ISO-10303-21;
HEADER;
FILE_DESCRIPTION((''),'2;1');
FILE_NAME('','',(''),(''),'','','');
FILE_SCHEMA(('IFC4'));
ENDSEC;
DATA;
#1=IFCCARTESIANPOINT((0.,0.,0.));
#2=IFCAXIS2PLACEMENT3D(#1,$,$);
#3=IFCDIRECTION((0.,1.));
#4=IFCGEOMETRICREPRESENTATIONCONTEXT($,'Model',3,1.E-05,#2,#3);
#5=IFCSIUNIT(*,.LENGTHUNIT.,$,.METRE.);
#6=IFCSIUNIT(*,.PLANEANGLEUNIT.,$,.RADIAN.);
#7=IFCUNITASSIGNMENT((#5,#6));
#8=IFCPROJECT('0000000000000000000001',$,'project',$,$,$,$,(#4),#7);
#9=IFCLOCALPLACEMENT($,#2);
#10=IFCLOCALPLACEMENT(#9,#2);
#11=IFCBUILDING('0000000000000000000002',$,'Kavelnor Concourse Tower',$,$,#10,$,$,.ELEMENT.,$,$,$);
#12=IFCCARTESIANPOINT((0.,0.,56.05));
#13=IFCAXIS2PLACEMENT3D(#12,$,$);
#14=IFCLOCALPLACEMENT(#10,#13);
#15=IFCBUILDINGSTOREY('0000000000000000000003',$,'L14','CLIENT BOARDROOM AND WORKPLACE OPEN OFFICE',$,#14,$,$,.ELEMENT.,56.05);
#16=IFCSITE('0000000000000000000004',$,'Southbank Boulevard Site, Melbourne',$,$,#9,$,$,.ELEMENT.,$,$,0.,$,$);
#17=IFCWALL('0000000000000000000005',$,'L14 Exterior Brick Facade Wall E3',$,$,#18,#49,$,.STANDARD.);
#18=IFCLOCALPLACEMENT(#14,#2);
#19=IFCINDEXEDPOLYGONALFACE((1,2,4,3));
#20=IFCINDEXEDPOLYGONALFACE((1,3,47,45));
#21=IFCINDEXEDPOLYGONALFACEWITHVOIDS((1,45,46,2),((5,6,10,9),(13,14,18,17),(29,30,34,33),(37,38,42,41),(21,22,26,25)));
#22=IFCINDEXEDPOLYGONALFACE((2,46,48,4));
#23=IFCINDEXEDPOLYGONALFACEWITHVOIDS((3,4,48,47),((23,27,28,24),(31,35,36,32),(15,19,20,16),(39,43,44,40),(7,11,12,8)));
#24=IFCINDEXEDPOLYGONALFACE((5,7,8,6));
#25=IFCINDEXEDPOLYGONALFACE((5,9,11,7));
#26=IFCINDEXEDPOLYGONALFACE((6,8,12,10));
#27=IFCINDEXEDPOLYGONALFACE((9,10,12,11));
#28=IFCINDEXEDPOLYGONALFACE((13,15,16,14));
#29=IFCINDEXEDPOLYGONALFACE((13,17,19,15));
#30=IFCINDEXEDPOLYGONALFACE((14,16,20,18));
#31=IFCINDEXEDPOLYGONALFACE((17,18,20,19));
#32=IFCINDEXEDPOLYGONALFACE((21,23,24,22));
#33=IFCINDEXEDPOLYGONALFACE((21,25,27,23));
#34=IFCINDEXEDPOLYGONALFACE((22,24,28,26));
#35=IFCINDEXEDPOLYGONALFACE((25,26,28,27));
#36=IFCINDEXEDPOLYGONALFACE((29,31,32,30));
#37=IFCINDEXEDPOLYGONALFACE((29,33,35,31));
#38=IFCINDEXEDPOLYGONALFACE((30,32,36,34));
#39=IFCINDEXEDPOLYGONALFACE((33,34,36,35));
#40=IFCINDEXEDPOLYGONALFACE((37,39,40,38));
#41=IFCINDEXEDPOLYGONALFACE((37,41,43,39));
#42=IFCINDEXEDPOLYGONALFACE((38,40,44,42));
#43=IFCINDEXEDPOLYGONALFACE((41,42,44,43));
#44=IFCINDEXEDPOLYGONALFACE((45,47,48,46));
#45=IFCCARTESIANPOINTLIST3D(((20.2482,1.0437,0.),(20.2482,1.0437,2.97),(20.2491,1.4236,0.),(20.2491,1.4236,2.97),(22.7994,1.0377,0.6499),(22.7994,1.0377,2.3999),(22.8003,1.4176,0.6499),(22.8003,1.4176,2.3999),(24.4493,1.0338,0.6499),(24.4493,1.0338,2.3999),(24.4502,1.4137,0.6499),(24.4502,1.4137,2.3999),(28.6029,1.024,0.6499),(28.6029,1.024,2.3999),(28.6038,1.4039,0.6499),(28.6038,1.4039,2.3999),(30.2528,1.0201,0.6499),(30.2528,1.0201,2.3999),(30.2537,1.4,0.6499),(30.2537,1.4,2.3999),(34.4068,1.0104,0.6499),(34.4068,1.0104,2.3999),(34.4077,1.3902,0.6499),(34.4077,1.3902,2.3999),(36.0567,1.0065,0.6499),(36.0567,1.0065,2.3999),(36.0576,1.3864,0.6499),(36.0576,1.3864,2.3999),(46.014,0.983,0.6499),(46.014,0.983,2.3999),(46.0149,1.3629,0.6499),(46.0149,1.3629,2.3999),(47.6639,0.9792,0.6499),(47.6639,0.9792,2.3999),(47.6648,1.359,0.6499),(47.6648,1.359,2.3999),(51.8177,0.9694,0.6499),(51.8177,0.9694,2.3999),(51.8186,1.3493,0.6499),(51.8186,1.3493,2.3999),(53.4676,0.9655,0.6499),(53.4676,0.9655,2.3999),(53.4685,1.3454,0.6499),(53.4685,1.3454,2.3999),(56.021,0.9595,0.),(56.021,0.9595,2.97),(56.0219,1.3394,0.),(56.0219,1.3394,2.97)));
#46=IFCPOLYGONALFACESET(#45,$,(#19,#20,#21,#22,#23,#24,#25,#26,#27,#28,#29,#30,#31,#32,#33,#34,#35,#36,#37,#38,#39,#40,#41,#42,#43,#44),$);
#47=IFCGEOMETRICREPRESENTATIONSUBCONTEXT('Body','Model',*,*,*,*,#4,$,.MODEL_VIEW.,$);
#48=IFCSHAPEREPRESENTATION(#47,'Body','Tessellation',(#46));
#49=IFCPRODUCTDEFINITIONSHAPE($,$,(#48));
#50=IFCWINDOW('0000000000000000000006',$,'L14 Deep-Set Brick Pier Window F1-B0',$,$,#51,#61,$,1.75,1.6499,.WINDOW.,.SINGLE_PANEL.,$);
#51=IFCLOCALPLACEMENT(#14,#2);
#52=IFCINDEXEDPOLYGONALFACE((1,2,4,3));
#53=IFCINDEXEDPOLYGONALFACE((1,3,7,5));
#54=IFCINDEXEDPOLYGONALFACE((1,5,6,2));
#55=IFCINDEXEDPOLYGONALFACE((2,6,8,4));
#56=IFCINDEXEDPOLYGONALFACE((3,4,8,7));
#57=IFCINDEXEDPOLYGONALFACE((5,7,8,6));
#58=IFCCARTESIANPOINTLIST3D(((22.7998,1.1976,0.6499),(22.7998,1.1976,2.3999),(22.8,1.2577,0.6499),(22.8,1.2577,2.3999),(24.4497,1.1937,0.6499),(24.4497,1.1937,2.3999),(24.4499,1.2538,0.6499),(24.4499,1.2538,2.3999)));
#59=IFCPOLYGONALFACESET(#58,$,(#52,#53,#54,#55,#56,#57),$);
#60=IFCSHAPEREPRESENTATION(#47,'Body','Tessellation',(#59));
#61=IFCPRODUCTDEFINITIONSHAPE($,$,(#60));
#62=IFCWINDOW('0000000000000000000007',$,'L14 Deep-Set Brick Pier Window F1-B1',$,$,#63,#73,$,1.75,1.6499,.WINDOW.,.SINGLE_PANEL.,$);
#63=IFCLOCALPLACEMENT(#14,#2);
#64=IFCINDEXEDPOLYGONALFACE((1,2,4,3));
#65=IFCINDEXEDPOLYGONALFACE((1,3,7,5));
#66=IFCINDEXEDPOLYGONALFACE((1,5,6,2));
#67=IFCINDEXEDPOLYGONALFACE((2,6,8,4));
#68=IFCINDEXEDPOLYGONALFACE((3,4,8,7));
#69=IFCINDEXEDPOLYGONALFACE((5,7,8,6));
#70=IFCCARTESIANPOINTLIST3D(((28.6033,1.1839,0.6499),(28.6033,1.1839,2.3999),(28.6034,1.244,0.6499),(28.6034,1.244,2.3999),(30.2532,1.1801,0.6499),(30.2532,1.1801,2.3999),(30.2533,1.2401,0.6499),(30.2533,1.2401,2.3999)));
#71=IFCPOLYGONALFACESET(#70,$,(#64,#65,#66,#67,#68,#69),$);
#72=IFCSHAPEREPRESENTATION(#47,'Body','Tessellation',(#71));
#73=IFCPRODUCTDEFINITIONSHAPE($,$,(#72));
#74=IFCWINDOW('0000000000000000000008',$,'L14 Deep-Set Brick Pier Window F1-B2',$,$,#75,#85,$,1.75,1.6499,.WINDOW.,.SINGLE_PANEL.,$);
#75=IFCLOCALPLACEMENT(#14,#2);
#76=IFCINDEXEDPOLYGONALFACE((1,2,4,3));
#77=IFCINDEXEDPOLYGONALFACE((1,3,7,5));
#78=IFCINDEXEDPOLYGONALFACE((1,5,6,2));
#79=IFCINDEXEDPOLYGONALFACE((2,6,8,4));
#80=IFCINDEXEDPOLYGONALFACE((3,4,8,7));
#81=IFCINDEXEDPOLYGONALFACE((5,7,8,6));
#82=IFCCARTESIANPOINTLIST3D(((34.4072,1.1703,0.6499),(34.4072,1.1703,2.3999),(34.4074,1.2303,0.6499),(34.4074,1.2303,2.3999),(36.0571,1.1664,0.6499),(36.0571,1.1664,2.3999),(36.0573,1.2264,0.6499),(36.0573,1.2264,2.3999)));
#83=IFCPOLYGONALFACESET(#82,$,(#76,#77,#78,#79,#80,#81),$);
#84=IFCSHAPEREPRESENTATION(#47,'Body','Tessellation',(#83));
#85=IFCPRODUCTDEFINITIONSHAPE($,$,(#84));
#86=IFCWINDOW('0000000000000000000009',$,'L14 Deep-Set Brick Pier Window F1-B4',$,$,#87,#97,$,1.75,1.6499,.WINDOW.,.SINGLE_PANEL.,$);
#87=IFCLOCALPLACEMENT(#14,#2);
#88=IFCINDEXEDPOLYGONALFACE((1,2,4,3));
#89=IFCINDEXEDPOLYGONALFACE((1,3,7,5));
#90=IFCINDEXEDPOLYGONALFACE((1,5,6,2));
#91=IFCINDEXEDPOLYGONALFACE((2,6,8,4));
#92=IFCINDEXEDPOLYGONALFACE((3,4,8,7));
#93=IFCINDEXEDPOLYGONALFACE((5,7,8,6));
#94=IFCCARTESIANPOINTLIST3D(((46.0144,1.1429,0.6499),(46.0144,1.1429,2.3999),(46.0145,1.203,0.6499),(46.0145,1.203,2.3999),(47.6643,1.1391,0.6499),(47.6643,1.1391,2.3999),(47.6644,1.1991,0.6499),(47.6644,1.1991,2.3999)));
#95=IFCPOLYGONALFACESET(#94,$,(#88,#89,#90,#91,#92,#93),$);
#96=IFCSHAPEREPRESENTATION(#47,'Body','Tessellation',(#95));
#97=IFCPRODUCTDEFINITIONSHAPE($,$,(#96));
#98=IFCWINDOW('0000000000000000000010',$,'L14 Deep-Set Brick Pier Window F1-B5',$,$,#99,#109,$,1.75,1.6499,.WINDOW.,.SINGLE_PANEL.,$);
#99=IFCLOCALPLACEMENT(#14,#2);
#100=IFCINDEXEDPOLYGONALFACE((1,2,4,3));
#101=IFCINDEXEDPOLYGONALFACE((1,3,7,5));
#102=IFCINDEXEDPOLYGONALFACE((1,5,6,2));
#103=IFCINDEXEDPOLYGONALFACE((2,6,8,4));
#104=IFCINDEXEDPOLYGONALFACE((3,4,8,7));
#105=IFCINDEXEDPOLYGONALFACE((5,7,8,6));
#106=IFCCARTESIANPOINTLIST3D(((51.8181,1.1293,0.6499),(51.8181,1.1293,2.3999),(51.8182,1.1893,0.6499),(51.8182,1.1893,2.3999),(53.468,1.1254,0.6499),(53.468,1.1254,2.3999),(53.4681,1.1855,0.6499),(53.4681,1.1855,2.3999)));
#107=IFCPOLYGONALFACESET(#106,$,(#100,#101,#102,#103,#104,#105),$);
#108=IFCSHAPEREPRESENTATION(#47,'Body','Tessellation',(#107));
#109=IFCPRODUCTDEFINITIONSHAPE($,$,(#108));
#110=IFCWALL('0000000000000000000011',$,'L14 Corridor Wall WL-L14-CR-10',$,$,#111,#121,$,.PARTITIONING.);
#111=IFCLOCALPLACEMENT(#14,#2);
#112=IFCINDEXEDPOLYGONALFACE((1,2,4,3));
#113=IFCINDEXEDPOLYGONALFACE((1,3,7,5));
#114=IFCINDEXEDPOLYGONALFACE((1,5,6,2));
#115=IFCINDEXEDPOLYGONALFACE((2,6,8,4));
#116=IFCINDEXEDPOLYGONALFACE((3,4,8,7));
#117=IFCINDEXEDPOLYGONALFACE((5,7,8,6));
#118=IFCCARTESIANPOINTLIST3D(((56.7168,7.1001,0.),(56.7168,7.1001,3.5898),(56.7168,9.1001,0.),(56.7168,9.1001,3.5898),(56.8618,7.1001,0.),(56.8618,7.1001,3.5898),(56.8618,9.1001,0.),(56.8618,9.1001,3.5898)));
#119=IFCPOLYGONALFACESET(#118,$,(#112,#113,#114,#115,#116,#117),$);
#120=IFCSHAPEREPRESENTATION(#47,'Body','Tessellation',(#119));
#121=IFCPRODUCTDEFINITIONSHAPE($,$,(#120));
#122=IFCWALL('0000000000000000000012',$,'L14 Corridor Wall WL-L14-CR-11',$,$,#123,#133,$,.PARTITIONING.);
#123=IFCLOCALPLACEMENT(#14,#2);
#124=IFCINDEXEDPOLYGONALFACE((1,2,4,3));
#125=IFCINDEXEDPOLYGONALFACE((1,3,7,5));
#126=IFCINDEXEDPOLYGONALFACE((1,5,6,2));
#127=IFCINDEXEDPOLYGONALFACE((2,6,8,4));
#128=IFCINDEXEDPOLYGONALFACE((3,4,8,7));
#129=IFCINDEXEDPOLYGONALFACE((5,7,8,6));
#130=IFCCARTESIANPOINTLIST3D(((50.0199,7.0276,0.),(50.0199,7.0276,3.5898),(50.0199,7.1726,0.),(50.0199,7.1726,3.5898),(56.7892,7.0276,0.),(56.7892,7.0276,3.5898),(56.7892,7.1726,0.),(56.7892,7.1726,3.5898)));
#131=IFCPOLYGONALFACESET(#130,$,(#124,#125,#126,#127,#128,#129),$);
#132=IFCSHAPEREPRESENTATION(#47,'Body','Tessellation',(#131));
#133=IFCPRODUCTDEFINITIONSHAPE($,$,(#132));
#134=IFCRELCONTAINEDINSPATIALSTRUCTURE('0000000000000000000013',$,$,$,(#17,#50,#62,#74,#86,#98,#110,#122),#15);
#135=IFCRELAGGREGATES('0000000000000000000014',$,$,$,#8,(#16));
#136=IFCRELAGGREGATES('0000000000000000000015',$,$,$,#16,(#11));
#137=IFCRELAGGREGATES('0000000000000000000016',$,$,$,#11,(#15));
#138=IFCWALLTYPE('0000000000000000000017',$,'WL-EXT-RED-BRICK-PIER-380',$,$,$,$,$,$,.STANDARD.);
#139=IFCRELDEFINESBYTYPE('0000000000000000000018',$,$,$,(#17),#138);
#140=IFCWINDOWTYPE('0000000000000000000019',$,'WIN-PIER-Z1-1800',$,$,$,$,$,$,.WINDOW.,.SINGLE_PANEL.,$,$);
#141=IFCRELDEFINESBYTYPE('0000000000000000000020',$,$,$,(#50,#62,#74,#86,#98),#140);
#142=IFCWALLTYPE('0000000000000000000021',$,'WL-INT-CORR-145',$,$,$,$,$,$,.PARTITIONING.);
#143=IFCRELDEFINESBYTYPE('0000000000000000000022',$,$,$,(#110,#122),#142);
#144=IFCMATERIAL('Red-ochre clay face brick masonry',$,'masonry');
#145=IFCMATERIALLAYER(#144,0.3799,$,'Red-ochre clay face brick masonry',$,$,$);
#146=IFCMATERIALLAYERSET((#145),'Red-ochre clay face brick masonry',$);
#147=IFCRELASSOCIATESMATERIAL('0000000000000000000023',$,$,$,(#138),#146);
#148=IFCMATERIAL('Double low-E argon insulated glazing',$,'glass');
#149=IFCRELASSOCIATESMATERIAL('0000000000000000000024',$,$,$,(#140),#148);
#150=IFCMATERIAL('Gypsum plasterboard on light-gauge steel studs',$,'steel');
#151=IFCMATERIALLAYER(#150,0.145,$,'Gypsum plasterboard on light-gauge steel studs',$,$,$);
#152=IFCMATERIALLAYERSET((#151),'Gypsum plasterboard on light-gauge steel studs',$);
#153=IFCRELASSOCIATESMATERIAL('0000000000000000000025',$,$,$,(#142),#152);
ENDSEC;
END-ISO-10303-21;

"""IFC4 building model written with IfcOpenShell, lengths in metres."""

from ifc_helpers import new_model, si_unit, direction, frame, frame_2d, origin, place, context, subcontext, project, spatial, rectangle, extrude, material, layer, layer_set, type_object, element, fill, save


model = new_model("IFC4")

# Units and contexts
model_context = context("Model", 3, precision=1e-05, world=origin(), true_north=direction((0.0, 1.0)))
body_context = subcontext(model_context, "Body", "Model", "MODEL_VIEW")
ifc_project = project(units=[si_unit("LENGTHUNIT", "METRE"), si_unit("PLANEANGLEUNIT", "RADIAN")], contexts=[model_context])

# Site, building, storey
site_placement = place(None, origin())
site = spatial("IfcSite", under=ifc_project, at=site_placement, Name="Southbank Boulevard Site, Melbourne", CompositionType="ELEMENT", RefElevation=0.0)
building_placement = place(site_placement, origin())
building = spatial("IfcBuilding", under=site, at=building_placement, Name="Kavelnor Concourse Tower", CompositionType="ELEMENT")
storey_placement = place(building_placement, frame((0.0, 0.0, 56.05)))
storey = spatial("IfcBuildingStorey", under=building, at=storey_placement, Name="L14", Description="CLIENT BOARDROOM AND WORKPLACE OPEN OFFICE", CompositionType="ELEMENT", Elevation=56.05)

# Shared definitions
ifc_material_1 = material(Name="Double low-E argon insulated glazing", Category="glass")

# Wall, openings, windows
ifc_material_2 = material(Name="Red-ochre clay face brick masonry", Category="masonry")
ifc_layer_1 = layer(ifc_material_2, 0.3799, Name="Red-ochre clay face brick masonry")
ifc_layer_set_1 = layer_set([ifc_layer_1], Name="Red-ochre clay face brick masonry")
wall_type_1 = type_object("IfcWallType", Name="WL-EXT-RED-BRICK-PIER-380", PredefinedType="STANDARD", material=ifc_layer_set_1)
wall_1_placement = place(storey_placement, frame((56.0215, 1.1494, 0.0), z_axis=(0.0, 0.0, 1.0), x_axis=(-0.999997, 0.002355, 0.0)))
wall_1 = element("IfcWall", 1, at=wall_1_placement, inside=storey, type_object=wall_type_1, Name="L14 Exterior Brick Facade Wall E3", PredefinedType="STANDARD", context=body_context, shape_type="SweptSolid", body=[
    extrude(rectangle(XDim=35.7729, YDim=0.3799, at=frame_2d((17.8865, 0.0))), origin(), (0.0, 0.0, 1.0), 2.97),
])
opening_1_placement = place(wall_1_placement, frame((31.5718, 0.0, 0.6499)))
opening_1 = element("IfcOpeningElement", 2, at=opening_1_placement, cuts=wall_1, PredefinedType="OPENING", context=body_context, shape_type="SweptSolid", body=[
    extrude(rectangle(XDim=1.6499, YDim=1.75, at=frame_2d((0.825, 0.875))), frame((0.0, 0.2, 0.0), z_axis=(0.0, -1.0, 0.0), x_axis=(1.0, 0.0, 0.0)), (0.0, 0.0, 1.0), 0.3999),
])
opening_2_placement = place(wall_1_placement, frame((25.7683, 0.0, 0.6499)))
opening_2 = element("IfcOpeningElement", 3, at=opening_2_placement, cuts=wall_1, PredefinedType="OPENING", context=body_context, shape_type="SweptSolid", body=[
    extrude(rectangle(XDim=1.6499, YDim=1.75, at=frame_2d((0.825, 0.875))), frame((0.0, 0.2, 0.0), z_axis=(0.0, -1.0, 0.0), x_axis=(1.0, 0.0, 0.0)), (0.0, 0.0, 1.0), 0.3999),
])
opening_3_placement = place(wall_1_placement, frame((19.9644, 0.0, 0.6499)))
opening_3 = element("IfcOpeningElement", 4, at=opening_3_placement, cuts=wall_1, PredefinedType="OPENING", context=body_context, shape_type="SweptSolid", body=[
    extrude(rectangle(XDim=1.6499, YDim=1.75, at=frame_2d((0.825, 0.875))), frame((0.0, 0.2, 0.0), z_axis=(0.0, -1.0, 0.0), x_axis=(1.0, 0.0, 0.0)), (0.0, 0.0, 1.0), 0.3999),
])
opening_4_placement = place(wall_1_placement, frame((8.3572, 0.0, 0.6499)))
opening_4 = element("IfcOpeningElement", 5, at=opening_4_placement, cuts=wall_1, PredefinedType="OPENING", context=body_context, shape_type="SweptSolid", body=[
    extrude(rectangle(XDim=1.6499, YDim=1.75, at=frame_2d((0.825, 0.875))), frame((0.0, 0.2, 0.0), z_axis=(0.0, -1.0, 0.0), x_axis=(1.0, 0.0, 0.0)), (0.0, 0.0, 1.0), 0.3999),
])
opening_5_placement = place(wall_1_placement, frame((2.5535, 0.0, 0.6499)))
opening_5 = element("IfcOpeningElement", 6, at=opening_5_placement, cuts=wall_1, PredefinedType="OPENING", context=body_context, shape_type="SweptSolid", body=[
    extrude(rectangle(XDim=1.6499, YDim=1.75, at=frame_2d((0.825, 0.875))), frame((0.0, 0.2, 0.0), z_axis=(0.0, -1.0, 0.0), x_axis=(1.0, 0.0, 0.0)), (0.0, 0.0, 1.0), 0.3999),
])
window_type_1 = type_object("IfcWindowType", Name="WIN-PIER-Z1-1800", PartitioningType="SINGLE_PANEL", PredefinedType="WINDOW", material=ifc_material_1)
window_1_placement = place(opening_1_placement, origin())
window_1 = element("IfcWindow", 7, at=window_1_placement, inside=storey, type_object=window_type_1, Name="L14 Deep-Set Brick Pier Window F1-B0", OverallHeight=1.75, OverallWidth=1.6499, PartitioningType="SINGLE_PANEL", PredefinedType="WINDOW", context=body_context, shape_type="SweptSolid", body=[
    extrude(rectangle(XDim=1.6499, YDim=1.75, at=frame_2d((0.825, 0.875))), frame((0.0, 0.03, 0.0), z_axis=(0.0, -1.0, 0.0), x_axis=(1.0, 0.0, 0.0)), (0.0, 0.0, 1.0), 0.0601),
])
fill(opening_1, window_1)
window_2_placement = place(opening_2_placement, origin())
window_2 = element("IfcWindow", 8, at=window_2_placement, inside=storey, type_object=window_type_1, Name="L14 Deep-Set Brick Pier Window F1-B1", OverallHeight=1.75, OverallWidth=1.6499, PartitioningType="SINGLE_PANEL", PredefinedType="WINDOW", context=body_context, shape_type="SweptSolid", body=[
    extrude(rectangle(XDim=1.6499, YDim=1.75, at=frame_2d((0.825, 0.875))), frame((0.0, 0.03, 0.0), z_axis=(0.0, -1.0, 0.0), x_axis=(1.0, 0.0, 0.0)), (0.0, 0.0, 1.0), 0.0601),
])
fill(opening_2, window_2)
window_3_placement = place(opening_3_placement, origin())
window_3 = element("IfcWindow", 9, at=window_3_placement, inside=storey, type_object=window_type_1, Name="L14 Deep-Set Brick Pier Window F1-B2", OverallHeight=1.75, OverallWidth=1.6499, PartitioningType="SINGLE_PANEL", PredefinedType="WINDOW", context=body_context, shape_type="SweptSolid", body=[
    extrude(rectangle(XDim=1.6499, YDim=1.75, at=frame_2d((0.825, 0.875))), frame((0.0, 0.03, 0.0), z_axis=(0.0, -1.0, 0.0), x_axis=(1.0, 0.0, 0.0)), (0.0, 0.0, 1.0), 0.0601),
])
fill(opening_3, window_3)
window_4_placement = place(opening_4_placement, origin())
window_4 = element("IfcWindow", 10, at=window_4_placement, inside=storey, type_object=window_type_1, Name="L14 Deep-Set Brick Pier Window F1-B4", OverallHeight=1.75, OverallWidth=1.6499, PartitioningType="SINGLE_PANEL", PredefinedType="WINDOW", context=body_context, shape_type="SweptSolid", body=[
    extrude(rectangle(XDim=1.6499, YDim=1.75, at=frame_2d((0.825, 0.875))), frame((0.0, 0.03, 0.0), z_axis=(0.0, -1.0, 0.0), x_axis=(1.0, 0.0, 0.0)), (0.0, 0.0, 1.0), 0.0601),
])
fill(opening_4, window_4)
window_5_placement = place(opening_5_placement, origin())
window_5 = element("IfcWindow", 11, at=window_5_placement, inside=storey, type_object=window_type_1, Name="L14 Deep-Set Brick Pier Window F1-B5", OverallHeight=1.75, OverallWidth=1.6499, PartitioningType="SINGLE_PANEL", PredefinedType="WINDOW", context=body_context, shape_type="SweptSolid", body=[
    extrude(rectangle(XDim=1.6499, YDim=1.75, at=frame_2d((0.825, 0.875))), frame((0.0, 0.03, 0.0), z_axis=(0.0, -1.0, 0.0), x_axis=(1.0, 0.0, 0.0)), (0.0, 0.0, 1.0), 0.0601),
])
fill(opening_5, window_5)

# Walls
ifc_material_3 = material(Name="Gypsum plasterboard on light-gauge steel studs", Category="steel")
ifc_layer_2 = layer(ifc_material_3, 0.145, Name="Gypsum plasterboard on light-gauge steel studs")
ifc_layer_set_2 = layer_set([ifc_layer_2], Name="Gypsum plasterboard on light-gauge steel studs")
wall_type_2 = type_object("IfcWallType", Name="WL-INT-CORR-145", PredefinedType="PARTITIONING", material=ifc_layer_set_2)
wall_2_placement = place(storey_placement, frame((56.7893, 9.1001, 0.0), z_axis=(0.0, 0.0, 1.0), x_axis=(0.0, -1.0, 0.0)))
element("IfcWall", 12, at=wall_2_placement, inside=storey, type_object=wall_type_2, Name="L14 Corridor Wall WL-L14-CR-10", PredefinedType="PARTITIONING", context=body_context, shape_type="SweptSolid", body=[
    extrude(rectangle(XDim=2.0, YDim=0.145, at=frame_2d((1.0, 0.0))), origin(), (0.0, 0.0, 1.0), 3.5898),
])
wall_3_placement = place(storey_placement, frame((56.7893, 7.1001, 0.0), z_axis=(0.0, 0.0, 1.0), x_axis=(-1.0, 0.0, 0.0)))
element("IfcWall", 13, at=wall_3_placement, inside=storey, type_object=wall_type_2, Name="L14 Corridor Wall WL-L14-CR-11", PredefinedType="PARTITIONING", context=body_context, shape_type="SweptSolid", body=[
    extrude(rectangle(XDim=6.7693, YDim=0.145, at=frame_2d((3.3848, 0.0))), origin(), (0.0, 0.0, 1.0), 3.5898),
])

save(model, "model.ifc")
